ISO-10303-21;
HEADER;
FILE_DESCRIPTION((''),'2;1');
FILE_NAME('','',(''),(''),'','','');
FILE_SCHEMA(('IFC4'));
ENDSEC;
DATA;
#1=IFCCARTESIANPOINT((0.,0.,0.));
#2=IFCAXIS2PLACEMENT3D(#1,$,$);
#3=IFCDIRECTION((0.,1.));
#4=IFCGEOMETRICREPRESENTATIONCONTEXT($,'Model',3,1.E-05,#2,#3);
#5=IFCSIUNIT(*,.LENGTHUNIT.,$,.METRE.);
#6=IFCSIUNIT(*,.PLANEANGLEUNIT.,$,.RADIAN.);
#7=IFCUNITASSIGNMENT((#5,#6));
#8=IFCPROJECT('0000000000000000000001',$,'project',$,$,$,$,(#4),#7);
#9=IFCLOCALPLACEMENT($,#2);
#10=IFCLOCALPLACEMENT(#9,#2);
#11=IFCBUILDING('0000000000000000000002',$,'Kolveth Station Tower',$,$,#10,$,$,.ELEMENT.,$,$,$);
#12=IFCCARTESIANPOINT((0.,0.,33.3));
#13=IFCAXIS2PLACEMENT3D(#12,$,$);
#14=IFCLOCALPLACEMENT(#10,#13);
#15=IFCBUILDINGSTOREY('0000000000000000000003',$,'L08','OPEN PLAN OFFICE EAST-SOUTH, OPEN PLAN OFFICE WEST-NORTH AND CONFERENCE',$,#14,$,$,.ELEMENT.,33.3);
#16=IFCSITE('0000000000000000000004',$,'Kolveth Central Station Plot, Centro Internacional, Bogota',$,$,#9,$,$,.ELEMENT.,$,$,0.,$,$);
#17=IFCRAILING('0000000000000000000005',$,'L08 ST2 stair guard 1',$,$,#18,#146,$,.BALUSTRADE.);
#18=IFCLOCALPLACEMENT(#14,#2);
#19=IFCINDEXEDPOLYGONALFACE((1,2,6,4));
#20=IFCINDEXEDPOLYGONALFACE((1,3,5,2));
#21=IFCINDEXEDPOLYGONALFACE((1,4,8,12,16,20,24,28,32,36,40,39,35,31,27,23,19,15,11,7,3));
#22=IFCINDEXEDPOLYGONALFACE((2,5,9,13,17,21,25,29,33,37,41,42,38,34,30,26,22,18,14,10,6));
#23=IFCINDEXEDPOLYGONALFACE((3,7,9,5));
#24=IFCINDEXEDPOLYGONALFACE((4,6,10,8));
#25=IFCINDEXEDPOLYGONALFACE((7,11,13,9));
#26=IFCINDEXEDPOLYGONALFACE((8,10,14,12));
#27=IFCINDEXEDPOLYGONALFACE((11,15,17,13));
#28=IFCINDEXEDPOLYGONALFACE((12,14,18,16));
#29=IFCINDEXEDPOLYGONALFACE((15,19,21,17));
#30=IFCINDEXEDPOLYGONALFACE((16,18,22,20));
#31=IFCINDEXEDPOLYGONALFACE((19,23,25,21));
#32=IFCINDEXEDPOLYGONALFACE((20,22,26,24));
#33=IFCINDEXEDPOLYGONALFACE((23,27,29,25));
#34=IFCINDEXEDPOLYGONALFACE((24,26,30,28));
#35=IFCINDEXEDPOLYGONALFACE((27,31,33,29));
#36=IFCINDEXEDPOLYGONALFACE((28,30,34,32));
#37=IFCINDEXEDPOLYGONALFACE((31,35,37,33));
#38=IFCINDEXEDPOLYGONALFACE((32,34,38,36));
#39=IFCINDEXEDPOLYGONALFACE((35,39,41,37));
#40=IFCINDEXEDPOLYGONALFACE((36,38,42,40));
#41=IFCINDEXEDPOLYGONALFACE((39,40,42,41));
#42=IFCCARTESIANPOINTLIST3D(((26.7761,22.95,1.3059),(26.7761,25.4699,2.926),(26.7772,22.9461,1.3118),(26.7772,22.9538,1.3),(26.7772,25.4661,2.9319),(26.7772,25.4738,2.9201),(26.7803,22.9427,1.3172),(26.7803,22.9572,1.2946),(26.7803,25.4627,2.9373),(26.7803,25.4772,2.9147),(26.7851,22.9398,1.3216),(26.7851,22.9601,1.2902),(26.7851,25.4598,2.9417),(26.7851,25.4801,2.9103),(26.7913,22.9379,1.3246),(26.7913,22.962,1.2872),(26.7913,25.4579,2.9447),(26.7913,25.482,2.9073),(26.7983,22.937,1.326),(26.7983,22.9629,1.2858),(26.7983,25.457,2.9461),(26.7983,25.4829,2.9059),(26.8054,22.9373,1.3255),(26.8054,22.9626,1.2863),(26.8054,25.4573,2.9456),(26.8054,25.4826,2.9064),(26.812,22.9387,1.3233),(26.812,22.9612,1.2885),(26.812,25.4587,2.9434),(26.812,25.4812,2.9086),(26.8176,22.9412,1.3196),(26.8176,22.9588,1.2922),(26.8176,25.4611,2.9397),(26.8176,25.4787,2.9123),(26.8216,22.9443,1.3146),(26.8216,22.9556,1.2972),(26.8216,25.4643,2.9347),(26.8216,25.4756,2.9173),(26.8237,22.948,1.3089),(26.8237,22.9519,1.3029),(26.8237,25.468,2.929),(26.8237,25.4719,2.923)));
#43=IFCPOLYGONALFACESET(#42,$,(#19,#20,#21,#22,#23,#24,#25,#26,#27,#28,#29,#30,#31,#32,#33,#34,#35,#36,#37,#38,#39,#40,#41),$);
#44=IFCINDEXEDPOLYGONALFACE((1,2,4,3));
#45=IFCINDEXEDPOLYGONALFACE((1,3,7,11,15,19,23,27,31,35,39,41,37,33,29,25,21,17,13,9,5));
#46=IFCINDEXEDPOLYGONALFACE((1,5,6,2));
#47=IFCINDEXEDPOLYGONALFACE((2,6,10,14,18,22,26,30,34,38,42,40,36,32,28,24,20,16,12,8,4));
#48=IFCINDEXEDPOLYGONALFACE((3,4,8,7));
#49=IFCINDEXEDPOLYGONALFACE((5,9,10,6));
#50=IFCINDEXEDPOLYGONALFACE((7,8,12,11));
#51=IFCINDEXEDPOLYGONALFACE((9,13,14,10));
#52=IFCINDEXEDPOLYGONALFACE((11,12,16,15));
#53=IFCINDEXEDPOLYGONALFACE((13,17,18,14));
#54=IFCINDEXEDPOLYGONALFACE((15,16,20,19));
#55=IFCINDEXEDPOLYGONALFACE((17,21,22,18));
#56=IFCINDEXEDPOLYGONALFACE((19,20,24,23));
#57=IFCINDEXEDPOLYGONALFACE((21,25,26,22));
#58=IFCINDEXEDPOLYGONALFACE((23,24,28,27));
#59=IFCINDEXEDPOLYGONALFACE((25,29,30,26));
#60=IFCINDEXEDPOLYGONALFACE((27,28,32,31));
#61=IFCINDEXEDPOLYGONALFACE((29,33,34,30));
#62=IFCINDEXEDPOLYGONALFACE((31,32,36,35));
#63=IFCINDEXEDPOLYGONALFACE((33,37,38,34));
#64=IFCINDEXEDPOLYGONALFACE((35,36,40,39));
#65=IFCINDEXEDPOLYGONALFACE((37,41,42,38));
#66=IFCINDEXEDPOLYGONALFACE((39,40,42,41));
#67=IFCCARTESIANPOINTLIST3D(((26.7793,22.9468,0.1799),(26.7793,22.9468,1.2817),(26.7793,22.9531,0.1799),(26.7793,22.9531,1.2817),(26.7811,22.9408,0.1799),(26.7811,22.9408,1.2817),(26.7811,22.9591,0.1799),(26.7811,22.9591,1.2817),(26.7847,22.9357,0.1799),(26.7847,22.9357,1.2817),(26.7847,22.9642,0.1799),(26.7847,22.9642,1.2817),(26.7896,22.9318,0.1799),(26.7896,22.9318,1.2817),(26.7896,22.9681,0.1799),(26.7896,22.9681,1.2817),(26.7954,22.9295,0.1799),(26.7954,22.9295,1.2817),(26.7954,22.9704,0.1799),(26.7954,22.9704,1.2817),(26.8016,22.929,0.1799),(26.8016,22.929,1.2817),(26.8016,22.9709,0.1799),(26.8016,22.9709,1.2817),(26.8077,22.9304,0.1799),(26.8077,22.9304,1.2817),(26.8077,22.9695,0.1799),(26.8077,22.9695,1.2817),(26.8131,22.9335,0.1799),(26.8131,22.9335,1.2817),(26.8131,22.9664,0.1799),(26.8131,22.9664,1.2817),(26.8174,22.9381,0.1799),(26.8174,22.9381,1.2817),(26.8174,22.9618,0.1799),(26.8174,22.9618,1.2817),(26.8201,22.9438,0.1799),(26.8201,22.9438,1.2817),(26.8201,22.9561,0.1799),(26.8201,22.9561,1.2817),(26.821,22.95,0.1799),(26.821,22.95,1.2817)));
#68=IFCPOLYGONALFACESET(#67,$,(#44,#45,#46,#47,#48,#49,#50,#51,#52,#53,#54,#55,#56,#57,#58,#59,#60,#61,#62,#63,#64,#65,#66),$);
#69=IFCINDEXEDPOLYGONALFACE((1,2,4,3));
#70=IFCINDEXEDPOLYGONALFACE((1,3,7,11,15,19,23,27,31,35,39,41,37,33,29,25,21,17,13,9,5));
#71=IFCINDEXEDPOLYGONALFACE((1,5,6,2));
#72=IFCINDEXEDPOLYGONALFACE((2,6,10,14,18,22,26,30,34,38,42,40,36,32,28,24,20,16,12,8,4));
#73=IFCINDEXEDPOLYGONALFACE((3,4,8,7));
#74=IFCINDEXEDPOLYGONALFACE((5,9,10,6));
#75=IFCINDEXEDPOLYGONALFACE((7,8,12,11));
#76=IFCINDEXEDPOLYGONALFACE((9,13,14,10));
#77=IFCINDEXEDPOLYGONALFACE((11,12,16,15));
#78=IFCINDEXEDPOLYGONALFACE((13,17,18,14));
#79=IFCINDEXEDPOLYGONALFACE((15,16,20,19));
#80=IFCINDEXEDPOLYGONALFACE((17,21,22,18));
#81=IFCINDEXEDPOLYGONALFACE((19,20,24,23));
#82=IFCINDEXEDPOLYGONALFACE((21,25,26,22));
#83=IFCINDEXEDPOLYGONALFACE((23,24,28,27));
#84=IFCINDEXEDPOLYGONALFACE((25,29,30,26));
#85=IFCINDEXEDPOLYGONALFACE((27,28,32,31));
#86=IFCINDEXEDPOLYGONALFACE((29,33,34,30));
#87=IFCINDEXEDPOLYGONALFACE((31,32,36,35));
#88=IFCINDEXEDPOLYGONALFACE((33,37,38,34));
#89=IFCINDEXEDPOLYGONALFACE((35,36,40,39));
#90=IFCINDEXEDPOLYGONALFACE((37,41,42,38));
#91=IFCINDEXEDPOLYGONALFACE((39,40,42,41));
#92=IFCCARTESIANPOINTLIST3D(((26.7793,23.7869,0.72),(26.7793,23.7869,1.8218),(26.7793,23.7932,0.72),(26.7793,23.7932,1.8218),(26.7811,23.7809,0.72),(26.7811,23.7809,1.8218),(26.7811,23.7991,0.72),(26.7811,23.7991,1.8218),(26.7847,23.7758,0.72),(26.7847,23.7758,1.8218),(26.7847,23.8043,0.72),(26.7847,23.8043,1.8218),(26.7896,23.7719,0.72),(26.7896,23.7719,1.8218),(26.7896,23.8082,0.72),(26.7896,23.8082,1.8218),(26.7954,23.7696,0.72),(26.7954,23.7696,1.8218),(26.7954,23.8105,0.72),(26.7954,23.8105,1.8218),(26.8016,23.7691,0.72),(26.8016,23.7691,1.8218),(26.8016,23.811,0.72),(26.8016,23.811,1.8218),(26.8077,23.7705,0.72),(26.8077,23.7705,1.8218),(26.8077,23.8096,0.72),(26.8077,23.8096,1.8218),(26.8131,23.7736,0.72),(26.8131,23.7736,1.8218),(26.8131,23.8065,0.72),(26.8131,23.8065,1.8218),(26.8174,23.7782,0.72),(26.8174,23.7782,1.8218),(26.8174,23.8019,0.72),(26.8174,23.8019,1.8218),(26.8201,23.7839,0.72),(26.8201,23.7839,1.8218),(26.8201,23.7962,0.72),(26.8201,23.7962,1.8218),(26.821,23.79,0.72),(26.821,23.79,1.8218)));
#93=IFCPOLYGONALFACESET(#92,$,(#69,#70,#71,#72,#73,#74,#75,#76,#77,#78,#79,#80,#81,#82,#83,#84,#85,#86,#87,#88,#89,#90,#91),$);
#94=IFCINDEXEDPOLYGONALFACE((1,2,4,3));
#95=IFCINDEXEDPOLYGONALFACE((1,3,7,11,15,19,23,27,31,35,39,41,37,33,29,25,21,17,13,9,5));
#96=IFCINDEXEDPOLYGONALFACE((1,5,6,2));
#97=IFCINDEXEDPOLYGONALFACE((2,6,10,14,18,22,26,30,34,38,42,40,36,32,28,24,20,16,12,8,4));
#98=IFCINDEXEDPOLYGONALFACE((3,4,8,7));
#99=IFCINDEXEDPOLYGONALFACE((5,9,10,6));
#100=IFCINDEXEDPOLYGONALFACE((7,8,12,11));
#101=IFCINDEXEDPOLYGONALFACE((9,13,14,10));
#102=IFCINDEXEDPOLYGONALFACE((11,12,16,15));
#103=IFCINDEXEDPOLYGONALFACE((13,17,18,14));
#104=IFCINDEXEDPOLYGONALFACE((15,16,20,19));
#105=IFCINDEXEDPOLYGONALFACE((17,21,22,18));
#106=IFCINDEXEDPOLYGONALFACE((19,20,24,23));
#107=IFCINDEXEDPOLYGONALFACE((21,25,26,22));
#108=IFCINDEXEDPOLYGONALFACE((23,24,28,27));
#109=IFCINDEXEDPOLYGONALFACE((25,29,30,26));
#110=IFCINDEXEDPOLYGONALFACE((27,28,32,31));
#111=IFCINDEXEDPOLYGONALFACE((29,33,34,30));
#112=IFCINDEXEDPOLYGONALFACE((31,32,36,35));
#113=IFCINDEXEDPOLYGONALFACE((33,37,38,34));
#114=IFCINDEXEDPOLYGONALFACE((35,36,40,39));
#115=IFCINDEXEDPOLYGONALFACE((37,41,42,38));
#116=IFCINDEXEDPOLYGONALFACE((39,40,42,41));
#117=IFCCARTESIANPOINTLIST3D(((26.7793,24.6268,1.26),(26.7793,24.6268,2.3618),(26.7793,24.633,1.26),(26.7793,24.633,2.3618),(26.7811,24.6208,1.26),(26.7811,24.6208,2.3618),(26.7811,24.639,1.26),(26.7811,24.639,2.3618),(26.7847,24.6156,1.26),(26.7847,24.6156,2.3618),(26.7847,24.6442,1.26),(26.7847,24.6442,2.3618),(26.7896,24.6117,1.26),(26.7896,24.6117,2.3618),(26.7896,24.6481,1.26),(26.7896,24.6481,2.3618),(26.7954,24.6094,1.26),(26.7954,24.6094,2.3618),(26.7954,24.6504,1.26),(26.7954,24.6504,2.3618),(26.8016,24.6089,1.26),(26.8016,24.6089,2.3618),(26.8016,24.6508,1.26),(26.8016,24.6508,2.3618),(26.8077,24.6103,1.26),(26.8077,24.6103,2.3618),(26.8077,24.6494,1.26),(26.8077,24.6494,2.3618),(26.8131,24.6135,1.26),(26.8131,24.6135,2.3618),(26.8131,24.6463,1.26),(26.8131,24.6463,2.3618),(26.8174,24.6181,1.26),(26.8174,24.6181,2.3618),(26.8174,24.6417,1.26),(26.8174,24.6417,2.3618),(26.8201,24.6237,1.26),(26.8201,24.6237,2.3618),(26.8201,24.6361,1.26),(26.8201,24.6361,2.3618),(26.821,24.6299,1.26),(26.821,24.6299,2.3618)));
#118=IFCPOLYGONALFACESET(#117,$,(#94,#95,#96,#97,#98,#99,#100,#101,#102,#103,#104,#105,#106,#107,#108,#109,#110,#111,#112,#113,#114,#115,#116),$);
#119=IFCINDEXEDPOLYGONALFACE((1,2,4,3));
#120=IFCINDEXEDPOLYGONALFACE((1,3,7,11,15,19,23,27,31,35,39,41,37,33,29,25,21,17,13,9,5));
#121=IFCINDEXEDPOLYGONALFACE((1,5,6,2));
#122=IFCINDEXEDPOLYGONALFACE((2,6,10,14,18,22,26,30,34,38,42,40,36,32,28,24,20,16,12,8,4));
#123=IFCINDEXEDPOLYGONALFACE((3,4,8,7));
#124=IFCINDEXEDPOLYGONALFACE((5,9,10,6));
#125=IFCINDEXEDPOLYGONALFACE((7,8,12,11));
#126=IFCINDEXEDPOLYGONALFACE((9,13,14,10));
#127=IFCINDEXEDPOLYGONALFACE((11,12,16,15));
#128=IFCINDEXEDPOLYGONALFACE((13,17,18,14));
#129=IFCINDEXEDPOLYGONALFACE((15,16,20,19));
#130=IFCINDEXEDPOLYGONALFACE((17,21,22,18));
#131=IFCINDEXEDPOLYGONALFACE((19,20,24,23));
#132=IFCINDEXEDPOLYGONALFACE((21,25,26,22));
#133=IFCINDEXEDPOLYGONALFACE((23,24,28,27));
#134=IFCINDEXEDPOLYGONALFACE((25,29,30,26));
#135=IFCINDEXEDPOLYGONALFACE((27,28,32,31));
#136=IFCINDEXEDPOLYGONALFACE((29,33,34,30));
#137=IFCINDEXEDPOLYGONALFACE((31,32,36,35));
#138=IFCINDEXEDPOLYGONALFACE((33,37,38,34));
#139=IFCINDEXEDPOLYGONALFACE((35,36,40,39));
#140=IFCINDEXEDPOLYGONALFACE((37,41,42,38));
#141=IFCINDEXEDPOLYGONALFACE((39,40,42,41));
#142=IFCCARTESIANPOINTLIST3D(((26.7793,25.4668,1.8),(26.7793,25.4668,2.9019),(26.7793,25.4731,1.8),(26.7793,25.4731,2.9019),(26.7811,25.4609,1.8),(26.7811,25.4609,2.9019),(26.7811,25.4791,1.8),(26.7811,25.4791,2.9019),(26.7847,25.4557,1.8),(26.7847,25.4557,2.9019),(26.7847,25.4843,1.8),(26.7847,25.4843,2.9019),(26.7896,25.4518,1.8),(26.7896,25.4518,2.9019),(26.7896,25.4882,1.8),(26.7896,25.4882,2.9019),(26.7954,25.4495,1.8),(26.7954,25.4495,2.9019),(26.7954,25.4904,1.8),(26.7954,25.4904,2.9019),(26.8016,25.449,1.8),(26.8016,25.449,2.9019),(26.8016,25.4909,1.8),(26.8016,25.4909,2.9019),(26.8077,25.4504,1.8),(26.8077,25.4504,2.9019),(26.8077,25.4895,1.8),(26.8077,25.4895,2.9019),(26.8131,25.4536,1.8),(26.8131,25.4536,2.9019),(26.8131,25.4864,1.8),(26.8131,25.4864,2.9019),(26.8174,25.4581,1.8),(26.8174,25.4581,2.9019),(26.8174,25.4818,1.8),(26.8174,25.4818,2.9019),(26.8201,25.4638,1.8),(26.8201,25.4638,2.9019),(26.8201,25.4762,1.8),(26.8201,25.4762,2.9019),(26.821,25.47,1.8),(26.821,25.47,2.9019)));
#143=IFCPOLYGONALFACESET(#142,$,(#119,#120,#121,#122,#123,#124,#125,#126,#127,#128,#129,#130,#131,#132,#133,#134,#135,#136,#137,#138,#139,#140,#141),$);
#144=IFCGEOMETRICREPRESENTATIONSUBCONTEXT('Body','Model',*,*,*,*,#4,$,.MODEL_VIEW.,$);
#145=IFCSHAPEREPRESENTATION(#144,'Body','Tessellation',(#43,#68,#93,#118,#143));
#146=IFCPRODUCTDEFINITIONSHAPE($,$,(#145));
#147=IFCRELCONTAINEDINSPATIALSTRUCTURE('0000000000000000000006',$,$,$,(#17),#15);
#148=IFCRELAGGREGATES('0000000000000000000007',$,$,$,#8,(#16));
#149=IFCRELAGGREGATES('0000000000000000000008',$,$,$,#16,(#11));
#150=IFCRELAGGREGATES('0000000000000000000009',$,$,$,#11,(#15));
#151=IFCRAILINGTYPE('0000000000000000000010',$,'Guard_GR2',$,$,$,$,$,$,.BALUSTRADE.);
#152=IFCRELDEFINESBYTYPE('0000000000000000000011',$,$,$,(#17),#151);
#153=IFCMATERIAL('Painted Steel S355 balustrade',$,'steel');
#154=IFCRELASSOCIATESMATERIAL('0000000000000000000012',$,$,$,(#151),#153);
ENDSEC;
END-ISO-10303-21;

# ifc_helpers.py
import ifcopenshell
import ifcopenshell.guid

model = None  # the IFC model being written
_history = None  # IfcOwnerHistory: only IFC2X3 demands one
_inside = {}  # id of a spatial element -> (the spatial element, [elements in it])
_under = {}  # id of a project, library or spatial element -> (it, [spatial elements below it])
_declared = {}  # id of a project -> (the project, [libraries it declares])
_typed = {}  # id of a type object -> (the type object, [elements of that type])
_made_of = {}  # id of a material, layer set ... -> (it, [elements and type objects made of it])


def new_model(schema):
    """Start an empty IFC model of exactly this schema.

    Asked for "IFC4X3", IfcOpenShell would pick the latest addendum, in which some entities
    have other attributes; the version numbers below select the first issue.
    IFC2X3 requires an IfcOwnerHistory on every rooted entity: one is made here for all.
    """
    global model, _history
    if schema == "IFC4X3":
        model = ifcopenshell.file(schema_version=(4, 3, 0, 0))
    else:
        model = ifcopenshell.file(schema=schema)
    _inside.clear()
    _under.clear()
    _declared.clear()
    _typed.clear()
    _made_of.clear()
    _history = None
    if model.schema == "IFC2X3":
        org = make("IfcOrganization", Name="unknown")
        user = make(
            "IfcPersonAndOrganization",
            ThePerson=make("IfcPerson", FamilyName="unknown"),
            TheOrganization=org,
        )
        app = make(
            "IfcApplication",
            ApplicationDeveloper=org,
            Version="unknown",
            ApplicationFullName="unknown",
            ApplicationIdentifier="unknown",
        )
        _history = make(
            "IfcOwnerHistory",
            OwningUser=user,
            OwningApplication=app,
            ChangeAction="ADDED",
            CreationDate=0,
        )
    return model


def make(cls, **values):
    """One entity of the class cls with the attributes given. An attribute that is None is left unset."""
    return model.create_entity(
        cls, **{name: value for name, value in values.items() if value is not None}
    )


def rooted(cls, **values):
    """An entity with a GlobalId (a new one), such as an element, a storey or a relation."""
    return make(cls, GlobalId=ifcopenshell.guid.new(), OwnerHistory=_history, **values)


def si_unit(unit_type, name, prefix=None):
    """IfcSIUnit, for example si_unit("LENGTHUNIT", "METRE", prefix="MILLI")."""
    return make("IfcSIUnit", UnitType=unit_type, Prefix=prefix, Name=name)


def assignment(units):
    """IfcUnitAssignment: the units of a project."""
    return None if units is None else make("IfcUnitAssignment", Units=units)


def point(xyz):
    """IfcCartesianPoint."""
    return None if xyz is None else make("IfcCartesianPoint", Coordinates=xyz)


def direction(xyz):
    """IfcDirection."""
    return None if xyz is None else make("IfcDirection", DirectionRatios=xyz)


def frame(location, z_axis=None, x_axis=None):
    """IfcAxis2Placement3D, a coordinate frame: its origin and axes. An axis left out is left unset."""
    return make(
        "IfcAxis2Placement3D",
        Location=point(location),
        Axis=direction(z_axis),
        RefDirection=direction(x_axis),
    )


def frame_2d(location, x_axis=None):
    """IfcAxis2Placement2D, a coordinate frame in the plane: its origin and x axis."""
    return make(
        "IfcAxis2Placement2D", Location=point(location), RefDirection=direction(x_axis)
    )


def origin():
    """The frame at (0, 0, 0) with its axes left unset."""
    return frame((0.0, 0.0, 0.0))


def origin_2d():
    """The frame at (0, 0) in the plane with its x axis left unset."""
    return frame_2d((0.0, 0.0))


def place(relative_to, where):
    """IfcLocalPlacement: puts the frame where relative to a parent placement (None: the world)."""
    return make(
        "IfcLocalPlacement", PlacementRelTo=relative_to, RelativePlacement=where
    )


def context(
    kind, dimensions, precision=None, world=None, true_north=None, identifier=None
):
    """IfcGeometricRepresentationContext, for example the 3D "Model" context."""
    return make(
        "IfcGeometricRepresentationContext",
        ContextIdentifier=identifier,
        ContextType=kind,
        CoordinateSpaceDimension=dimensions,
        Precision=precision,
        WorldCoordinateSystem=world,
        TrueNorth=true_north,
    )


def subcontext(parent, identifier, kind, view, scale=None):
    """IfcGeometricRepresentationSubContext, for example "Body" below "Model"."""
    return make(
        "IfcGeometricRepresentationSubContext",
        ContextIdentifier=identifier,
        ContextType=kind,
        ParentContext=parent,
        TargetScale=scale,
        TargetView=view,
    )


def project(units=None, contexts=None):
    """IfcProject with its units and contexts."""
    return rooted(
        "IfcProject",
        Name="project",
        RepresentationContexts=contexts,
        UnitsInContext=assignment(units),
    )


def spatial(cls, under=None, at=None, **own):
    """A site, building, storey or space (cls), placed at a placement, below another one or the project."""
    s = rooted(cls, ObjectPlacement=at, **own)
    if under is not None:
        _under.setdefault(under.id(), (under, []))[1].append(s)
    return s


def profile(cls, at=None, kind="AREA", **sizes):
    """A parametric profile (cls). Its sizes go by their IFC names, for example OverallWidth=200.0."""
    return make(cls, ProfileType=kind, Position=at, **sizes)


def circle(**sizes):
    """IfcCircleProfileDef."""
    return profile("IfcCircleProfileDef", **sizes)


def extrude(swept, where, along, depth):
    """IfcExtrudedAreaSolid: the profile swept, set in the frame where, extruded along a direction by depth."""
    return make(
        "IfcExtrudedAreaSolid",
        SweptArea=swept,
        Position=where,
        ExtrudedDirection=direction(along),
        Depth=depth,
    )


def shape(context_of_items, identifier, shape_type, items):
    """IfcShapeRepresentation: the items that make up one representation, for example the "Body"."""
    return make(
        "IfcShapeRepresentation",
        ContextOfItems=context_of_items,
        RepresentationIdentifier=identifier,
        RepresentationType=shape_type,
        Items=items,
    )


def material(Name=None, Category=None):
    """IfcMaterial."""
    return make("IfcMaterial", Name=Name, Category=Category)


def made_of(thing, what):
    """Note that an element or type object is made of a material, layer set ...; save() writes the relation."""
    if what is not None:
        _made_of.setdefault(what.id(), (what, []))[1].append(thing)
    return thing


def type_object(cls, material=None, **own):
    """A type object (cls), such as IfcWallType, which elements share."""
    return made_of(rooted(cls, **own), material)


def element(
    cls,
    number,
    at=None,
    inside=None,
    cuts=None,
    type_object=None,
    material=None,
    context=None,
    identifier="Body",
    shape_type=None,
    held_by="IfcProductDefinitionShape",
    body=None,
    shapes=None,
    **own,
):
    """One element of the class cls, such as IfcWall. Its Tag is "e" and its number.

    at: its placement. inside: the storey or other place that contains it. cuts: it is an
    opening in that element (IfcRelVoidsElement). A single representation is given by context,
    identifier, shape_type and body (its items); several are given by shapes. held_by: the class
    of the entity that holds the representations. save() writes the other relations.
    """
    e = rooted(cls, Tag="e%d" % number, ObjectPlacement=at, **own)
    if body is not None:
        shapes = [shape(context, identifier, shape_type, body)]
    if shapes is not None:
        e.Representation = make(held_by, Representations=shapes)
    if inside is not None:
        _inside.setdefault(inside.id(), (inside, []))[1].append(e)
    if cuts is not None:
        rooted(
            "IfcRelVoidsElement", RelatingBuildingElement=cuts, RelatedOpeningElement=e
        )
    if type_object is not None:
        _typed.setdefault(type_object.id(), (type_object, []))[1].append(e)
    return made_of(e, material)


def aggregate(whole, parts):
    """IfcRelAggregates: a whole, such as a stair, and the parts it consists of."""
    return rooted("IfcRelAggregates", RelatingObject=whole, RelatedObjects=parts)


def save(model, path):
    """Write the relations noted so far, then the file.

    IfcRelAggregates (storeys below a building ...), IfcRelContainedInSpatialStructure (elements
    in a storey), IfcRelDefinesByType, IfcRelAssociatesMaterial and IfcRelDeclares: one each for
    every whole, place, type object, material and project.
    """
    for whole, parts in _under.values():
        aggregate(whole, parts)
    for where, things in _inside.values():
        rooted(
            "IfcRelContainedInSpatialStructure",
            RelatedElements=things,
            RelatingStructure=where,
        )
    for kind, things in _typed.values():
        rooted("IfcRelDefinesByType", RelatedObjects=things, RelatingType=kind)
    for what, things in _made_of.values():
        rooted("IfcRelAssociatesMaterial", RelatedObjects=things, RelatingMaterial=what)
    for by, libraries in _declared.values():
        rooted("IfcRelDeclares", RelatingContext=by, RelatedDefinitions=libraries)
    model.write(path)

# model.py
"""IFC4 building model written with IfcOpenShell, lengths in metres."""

from ifc_helpers import new_model, si_unit, direction, frame, origin, origin_2d, place, context, subcontext, project, spatial, circle, extrude, material, type_object, element, save


model = new_model("IFC4")

# Units and contexts
model_context = context("Model", 3, precision=1e-05, world=origin(), true_north=direction((0.0, 1.0)))
body_context = subcontext(model_context, "Body", "Model", "MODEL_VIEW")
ifc_project = project(units=[si_unit("LENGTHUNIT", "METRE"), si_unit("PLANEANGLEUNIT", "RADIAN")], contexts=[model_context])

# Site, building, storey
site_placement = place(None, origin())
site = spatial("IfcSite", under=ifc_project, at=site_placement, Name="Kolveth Central Station Plot, Centro Internacional, Bogota", CompositionType="ELEMENT", RefElevation=0.0)
building_placement = place(site_placement, origin())
building = spatial("IfcBuilding", under=site, at=building_placement, Name="Kolveth Station Tower", CompositionType="ELEMENT")
storey_placement = place(building_placement, frame((0.0, 0.0, 33.3)))
storey = spatial("IfcBuildingStorey", under=building, at=storey_placement, Name="L08", Description="OPEN PLAN OFFICE EAST-SOUTH, OPEN PLAN OFFICE WEST-NORTH AND CONFERENCE", CompositionType="ELEMENT", Elevation=33.3)

# Railing
ifc_material_1 = material(Name="Painted Steel S355 balustrade", Category="steel")
railing_type_1 = type_object("IfcRailingType", Name="Guard_GR2", PredefinedType="BALUSTRADE", material=ifc_material_1)
railing_1_placement = place(storey_placement, frame((26.8, 22.95, 0.1799)))
element("IfcRailing", 1, at=railing_1_placement, inside=storey, type_object=railing_type_1, Name="L08 ST2 stair guard 1", PredefinedType="BALUSTRADE", context=body_context, shape_type="SweptSolid", body=[
    extrude(circle(Radius=0.0239, at=origin_2d()), frame((0.0, 0.0, 1.126), z_axis=(0.0, 0.841163, 0.540782), x_axis=(-1.0, 0.0, 0.0)), (0.0, 0.0, 1.0), 2.9958),
    extrude(circle(Radius=0.021, at=origin_2d()), origin(), (0.0, 0.0, 1.0), 1.1018),
    extrude(circle(Radius=0.021, at=origin_2d()), frame((0.0, 0.8401, 0.54)), (0.0, 0.0, 1.0), 1.1018),
    extrude(circle(Radius=0.021, at=origin_2d()), frame((0.0, 1.6799, 1.0801)), (0.0, 0.0, 1.0), 1.1018),
    extrude(circle(Radius=0.021, at=origin_2d()), frame((0.0, 2.52, 1.6201)), (0.0, 0.0, 1.0), 1.1018),
])

save(model, "model.ifc")
